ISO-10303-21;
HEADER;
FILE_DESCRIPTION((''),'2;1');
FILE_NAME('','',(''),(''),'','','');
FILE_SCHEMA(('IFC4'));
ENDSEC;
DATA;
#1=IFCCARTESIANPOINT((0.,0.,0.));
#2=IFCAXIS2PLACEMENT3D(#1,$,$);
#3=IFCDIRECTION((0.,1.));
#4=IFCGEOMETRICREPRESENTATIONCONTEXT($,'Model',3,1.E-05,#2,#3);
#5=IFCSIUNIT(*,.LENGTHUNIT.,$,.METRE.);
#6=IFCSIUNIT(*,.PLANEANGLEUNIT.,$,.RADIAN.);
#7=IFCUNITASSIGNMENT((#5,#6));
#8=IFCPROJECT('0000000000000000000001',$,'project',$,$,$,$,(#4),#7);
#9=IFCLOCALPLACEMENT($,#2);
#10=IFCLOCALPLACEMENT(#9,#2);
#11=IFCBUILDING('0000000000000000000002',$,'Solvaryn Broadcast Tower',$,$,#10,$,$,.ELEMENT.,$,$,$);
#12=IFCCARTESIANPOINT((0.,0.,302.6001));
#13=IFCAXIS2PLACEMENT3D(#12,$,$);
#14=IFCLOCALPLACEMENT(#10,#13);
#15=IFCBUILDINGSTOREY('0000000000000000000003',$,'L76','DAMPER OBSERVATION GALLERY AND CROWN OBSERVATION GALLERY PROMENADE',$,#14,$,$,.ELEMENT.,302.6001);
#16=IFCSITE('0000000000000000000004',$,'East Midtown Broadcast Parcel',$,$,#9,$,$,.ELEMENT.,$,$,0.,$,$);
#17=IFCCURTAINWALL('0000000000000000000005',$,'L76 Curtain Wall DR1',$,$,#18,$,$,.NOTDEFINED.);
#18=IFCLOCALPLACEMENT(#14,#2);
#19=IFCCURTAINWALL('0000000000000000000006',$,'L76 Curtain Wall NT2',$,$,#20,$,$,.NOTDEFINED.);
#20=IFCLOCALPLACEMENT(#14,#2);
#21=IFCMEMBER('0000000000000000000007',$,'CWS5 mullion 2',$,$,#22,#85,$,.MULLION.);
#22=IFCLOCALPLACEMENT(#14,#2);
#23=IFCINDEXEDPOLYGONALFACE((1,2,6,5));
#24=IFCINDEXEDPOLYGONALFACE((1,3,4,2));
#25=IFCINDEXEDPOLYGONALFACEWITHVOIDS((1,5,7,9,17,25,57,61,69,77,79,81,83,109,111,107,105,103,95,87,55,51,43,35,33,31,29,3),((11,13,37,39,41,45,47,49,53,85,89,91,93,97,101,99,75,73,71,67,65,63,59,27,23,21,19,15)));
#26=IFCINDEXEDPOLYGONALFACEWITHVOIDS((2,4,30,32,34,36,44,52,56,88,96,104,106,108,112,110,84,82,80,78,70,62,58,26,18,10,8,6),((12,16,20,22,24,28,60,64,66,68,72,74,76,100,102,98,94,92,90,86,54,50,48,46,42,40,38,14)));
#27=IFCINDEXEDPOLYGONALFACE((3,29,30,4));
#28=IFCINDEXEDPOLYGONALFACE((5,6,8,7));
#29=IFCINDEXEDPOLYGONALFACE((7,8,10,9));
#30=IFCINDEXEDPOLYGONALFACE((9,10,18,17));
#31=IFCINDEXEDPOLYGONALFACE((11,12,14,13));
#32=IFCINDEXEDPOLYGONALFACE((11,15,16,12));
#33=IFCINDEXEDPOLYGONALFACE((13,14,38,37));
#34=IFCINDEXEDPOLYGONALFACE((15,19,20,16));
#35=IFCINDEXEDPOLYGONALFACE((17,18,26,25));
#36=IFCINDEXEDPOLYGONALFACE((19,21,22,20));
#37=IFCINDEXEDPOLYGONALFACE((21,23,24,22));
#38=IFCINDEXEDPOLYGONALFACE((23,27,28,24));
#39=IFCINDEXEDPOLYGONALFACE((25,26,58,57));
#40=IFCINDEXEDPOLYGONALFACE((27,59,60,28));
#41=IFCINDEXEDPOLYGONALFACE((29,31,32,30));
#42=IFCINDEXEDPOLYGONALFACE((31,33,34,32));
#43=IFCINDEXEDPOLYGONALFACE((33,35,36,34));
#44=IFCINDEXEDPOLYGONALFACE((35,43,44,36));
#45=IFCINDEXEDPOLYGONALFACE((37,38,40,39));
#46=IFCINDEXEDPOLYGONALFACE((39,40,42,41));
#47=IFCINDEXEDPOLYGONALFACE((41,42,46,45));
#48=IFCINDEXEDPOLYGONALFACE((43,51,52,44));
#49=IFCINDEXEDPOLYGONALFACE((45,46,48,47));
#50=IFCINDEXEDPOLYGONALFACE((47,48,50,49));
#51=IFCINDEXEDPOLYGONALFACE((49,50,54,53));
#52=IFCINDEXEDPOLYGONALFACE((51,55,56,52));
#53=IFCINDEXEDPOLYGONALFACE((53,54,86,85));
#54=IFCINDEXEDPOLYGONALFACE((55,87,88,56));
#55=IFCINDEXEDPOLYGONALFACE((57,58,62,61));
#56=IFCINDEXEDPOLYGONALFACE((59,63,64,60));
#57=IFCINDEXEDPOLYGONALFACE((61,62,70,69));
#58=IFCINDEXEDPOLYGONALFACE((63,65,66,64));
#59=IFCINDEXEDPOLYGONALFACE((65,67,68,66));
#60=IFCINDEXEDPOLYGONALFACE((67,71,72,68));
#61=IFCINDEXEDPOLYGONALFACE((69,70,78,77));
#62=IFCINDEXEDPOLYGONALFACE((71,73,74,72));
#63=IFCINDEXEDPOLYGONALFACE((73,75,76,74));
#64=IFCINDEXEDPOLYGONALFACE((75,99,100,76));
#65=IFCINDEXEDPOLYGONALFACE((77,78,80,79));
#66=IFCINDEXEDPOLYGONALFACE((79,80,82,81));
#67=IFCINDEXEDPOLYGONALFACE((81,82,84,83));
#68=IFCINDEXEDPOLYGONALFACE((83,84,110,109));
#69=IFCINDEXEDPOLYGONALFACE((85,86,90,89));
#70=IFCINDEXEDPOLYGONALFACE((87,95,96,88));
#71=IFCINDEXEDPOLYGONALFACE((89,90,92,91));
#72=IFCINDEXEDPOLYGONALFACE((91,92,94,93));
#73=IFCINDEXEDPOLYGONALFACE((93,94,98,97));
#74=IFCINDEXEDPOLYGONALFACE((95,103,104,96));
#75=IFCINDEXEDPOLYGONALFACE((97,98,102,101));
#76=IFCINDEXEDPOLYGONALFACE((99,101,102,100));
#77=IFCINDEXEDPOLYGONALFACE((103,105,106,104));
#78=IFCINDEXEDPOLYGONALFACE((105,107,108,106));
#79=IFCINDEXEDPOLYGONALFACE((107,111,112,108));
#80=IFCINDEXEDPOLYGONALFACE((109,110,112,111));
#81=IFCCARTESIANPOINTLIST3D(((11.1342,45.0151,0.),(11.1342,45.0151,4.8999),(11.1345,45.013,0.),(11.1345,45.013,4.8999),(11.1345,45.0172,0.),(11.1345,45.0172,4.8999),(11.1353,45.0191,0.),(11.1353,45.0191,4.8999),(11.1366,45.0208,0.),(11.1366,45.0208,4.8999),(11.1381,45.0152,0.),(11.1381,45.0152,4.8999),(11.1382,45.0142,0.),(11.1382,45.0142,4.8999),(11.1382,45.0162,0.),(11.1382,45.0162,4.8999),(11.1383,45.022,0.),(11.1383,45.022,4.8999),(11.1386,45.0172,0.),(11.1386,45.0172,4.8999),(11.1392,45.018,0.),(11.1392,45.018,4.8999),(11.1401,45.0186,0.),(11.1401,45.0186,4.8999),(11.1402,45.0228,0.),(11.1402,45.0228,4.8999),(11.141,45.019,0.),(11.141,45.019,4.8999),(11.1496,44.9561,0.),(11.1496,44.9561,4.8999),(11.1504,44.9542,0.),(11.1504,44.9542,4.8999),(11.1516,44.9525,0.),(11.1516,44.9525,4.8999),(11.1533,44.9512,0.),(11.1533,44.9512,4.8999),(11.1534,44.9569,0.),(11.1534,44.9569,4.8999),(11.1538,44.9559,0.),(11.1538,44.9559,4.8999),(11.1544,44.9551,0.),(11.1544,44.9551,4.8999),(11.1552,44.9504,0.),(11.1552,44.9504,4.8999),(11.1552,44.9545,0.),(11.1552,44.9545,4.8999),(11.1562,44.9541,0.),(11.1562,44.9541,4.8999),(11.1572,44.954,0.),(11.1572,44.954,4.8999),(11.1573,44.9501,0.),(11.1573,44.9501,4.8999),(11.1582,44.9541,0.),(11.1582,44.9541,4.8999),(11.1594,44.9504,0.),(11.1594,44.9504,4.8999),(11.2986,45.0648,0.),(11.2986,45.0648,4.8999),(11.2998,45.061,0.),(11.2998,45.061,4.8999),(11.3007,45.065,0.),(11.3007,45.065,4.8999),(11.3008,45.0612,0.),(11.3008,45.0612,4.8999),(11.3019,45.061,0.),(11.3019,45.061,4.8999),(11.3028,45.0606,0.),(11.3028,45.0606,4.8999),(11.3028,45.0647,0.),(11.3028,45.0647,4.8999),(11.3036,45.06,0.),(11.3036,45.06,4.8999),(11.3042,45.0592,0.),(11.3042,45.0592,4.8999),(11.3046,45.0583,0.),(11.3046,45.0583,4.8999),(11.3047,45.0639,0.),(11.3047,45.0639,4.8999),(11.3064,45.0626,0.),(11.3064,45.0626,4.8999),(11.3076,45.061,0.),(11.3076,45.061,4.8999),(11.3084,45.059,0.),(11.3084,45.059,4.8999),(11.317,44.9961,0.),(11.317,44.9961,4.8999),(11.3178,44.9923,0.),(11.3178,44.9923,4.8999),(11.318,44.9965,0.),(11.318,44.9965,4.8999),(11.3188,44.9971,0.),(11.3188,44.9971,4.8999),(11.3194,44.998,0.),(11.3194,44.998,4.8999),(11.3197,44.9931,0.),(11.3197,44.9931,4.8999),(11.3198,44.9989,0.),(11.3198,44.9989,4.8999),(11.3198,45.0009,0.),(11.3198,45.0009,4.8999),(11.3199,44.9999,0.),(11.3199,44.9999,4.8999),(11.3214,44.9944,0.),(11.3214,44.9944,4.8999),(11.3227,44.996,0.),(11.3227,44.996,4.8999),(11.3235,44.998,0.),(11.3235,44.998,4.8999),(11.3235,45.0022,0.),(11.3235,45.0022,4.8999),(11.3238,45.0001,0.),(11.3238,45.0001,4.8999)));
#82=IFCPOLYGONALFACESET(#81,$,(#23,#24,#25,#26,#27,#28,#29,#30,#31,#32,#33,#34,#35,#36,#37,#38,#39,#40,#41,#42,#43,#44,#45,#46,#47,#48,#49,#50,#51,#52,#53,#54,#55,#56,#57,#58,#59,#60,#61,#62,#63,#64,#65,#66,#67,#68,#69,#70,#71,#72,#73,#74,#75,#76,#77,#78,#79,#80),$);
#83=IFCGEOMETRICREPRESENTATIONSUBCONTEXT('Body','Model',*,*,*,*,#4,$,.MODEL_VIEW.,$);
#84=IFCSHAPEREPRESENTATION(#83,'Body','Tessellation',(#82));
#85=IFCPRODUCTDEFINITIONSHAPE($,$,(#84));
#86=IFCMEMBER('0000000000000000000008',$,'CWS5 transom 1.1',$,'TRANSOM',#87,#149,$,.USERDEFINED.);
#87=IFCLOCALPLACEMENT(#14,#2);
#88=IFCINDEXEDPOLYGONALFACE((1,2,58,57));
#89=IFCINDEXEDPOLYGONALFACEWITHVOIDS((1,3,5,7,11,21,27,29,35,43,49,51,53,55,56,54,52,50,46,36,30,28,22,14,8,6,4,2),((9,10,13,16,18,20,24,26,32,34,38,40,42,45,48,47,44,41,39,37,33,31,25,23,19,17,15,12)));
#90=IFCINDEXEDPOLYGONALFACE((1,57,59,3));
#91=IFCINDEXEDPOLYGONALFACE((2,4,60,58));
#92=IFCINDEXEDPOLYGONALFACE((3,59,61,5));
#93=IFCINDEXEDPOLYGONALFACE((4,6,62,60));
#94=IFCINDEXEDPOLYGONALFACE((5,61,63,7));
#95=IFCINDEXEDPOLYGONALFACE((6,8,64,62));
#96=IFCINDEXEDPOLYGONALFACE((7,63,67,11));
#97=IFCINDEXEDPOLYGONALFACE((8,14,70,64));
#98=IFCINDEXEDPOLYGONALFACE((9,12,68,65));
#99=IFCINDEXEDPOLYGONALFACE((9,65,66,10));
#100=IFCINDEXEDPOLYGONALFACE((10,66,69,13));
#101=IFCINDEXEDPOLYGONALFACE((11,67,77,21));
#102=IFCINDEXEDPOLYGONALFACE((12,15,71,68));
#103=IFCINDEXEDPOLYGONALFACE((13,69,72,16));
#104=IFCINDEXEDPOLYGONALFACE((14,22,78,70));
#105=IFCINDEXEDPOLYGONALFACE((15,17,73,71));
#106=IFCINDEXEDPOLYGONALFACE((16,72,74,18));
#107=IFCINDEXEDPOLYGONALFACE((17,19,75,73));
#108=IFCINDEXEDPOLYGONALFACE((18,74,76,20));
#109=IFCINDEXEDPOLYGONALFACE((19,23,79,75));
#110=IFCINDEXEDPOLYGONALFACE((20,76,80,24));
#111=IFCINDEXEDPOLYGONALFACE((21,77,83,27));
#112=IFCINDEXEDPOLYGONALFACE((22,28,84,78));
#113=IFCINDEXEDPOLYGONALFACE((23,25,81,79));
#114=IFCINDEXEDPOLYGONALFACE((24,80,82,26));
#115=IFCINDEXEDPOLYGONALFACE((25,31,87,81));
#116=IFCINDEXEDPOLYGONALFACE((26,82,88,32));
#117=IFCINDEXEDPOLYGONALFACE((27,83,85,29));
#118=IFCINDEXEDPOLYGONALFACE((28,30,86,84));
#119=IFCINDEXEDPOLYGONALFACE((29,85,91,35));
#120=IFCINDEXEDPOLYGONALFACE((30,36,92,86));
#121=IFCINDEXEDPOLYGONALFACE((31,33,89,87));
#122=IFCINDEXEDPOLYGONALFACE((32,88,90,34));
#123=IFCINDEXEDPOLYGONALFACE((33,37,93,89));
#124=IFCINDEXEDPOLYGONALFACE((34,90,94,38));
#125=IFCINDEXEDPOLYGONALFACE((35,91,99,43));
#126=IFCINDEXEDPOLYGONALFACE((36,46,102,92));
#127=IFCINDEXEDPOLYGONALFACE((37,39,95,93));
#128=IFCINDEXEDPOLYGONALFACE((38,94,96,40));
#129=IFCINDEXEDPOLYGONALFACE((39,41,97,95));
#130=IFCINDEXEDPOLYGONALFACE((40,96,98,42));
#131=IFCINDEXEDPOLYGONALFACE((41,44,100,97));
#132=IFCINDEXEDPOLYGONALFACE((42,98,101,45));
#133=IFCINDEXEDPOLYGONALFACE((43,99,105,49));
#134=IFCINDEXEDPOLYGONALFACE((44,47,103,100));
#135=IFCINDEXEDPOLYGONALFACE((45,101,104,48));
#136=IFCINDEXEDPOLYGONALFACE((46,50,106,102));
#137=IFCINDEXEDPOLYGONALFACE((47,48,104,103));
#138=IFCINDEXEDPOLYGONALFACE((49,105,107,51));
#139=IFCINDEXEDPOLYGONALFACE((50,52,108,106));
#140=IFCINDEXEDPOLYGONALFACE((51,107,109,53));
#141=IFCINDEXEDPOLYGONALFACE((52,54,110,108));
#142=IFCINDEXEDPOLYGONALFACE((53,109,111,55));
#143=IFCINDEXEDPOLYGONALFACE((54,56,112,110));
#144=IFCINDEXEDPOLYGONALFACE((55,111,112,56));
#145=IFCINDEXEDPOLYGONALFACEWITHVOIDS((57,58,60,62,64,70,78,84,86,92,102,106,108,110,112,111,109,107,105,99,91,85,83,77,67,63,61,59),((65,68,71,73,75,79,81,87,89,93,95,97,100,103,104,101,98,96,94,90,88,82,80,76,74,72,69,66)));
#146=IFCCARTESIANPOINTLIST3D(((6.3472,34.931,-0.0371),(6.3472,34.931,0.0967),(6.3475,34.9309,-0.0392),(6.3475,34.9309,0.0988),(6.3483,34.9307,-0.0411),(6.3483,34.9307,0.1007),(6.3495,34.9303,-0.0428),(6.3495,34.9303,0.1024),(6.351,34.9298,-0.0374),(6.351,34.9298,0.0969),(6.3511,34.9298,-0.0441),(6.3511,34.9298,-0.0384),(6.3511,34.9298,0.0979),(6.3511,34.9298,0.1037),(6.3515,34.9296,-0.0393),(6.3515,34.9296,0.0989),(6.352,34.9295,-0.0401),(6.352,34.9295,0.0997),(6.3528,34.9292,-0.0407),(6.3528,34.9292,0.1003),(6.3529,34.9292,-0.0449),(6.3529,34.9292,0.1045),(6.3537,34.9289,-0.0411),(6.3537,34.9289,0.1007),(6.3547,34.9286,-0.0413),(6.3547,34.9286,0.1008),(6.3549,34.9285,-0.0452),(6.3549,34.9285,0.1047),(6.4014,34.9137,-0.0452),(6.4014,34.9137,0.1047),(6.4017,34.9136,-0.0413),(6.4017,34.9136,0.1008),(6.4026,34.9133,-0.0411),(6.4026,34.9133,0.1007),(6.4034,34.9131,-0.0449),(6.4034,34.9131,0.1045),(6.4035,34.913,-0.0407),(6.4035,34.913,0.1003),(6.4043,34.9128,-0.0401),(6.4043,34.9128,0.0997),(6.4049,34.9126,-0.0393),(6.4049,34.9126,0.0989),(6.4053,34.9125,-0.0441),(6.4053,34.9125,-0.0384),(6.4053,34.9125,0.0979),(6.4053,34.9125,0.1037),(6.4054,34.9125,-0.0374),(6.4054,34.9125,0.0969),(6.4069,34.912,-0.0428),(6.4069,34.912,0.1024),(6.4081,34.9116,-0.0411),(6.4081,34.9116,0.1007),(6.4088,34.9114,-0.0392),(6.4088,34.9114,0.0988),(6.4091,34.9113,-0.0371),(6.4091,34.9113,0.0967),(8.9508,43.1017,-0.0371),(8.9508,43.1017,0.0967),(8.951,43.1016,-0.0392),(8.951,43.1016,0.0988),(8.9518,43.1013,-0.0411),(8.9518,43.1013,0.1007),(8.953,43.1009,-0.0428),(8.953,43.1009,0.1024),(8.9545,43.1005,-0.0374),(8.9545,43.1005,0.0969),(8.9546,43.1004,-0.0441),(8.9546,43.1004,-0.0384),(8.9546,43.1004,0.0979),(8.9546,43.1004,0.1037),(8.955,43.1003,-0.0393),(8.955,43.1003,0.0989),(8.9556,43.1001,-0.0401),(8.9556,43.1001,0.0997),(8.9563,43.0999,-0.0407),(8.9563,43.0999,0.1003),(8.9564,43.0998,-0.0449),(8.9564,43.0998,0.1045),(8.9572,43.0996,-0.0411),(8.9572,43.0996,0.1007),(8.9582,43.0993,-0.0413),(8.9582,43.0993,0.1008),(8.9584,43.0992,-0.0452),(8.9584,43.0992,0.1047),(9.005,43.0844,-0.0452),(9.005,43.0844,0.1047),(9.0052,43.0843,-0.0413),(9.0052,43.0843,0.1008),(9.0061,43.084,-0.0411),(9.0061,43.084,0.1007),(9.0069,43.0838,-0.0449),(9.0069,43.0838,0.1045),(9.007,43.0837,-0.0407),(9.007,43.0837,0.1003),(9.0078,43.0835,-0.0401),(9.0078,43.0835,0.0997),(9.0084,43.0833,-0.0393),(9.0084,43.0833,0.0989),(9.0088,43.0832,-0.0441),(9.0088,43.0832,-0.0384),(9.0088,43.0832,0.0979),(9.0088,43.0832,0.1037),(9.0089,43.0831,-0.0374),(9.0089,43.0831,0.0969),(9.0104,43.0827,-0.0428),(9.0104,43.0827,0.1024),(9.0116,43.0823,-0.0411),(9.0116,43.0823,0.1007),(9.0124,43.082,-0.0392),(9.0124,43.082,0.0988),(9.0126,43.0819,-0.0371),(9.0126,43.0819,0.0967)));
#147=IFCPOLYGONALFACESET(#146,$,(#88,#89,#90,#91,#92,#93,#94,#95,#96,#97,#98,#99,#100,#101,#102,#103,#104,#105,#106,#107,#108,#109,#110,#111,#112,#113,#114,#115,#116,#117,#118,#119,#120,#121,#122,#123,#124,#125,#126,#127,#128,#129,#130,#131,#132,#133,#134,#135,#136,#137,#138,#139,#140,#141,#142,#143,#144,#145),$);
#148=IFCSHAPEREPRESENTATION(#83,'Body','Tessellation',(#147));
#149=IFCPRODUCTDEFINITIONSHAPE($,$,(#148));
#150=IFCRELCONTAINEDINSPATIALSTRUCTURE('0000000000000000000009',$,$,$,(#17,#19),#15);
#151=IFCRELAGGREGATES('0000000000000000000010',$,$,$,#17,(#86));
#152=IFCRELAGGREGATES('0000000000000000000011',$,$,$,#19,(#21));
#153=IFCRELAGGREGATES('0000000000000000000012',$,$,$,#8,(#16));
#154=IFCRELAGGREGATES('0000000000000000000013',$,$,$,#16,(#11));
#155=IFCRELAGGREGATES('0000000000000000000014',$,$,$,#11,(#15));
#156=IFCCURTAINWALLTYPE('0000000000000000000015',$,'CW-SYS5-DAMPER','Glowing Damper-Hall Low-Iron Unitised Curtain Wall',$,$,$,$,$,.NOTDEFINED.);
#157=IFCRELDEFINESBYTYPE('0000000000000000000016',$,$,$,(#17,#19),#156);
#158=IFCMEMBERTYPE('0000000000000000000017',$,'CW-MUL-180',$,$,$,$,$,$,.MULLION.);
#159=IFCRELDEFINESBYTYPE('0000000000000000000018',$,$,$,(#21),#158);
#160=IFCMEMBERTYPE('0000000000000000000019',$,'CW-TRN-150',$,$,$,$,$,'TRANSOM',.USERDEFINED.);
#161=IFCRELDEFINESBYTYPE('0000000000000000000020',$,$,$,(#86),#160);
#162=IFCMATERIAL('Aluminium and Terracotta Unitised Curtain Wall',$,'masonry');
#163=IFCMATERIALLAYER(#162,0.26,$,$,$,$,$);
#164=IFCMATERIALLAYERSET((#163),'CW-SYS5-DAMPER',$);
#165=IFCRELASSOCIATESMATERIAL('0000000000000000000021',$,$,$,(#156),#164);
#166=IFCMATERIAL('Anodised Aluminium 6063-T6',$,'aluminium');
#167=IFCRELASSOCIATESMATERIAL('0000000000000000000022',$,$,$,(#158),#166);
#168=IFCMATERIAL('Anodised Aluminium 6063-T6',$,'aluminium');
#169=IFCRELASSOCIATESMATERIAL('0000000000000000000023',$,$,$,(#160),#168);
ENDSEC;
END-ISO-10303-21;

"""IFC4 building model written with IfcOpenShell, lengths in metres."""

from ifc_helpers import new_model, si_unit, direction, frame, origin, origin_2d, place, context, subcontext, project, spatial, hollow_rectangle, extrude, material, layer, layer_set, material_profile, profile_set, type_object, element, aggregate, save


model = new_model("IFC4")

# Units and contexts
model_context = context("Model", 3, precision=1e-05, world=origin(), true_north=direction((0.0, 1.0)))
body_context = subcontext(model_context, "Body", "Model", "MODEL_VIEW")
ifc_project = project(units=[si_unit("LENGTHUNIT", "METRE"), si_unit("PLANEANGLEUNIT", "RADIAN")], contexts=[model_context])

# Site, building, storey
site_placement = place(None, origin())
site = spatial("IfcSite", under=ifc_project, at=site_placement, Name="East Midtown Broadcast Parcel", CompositionType="ELEMENT", RefElevation=0.0)
building_placement = place(site_placement, origin())
building = spatial("IfcBuilding", under=site, at=building_placement, Name="Solvaryn Broadcast Tower", CompositionType="ELEMENT")
storey_placement = place(building_placement, frame((0.0, 0.0, 302.6001)))
storey = spatial("IfcBuildingStorey", under=building, at=storey_placement, Name="L76", Description="DAMPER OBSERVATION GALLERY AND CROWN OBSERVATION GALLERY PROMENADE", CompositionType="ELEMENT", Elevation=302.6001)

# Curtain wall
ifc_material_1 = material(Name="Aluminium and Terracotta Unitised Curtain Wall", Category="masonry")
ifc_layer_1 = layer(ifc_material_1, 0.26)
ifc_layer_set_1 = layer_set([ifc_layer_1], Name="CW-SYS5-DAMPER")
curtain_wall_type = type_object("IfcCurtainWallType", Name="CW-SYS5-DAMPER", Description="Glowing Damper-Hall Low-Iron Unitised Curtain Wall", PredefinedType="NOTDEFINED", material=ifc_layer_set_1)
curtain_wall_1_placement = place(storey_placement, origin())
curtain_wall_1 = element("IfcCurtainWall", 1, at=curtain_wall_1_placement, inside=storey, type_object=curtain_wall_type, Name="L76 Curtain Wall DR1", PredefinedType="NOTDEFINED")
ifc_material_2 = material(Name="Anodised Aluminium 6063-T6", Category="aluminium")
ifc_material_profile_1 = material_profile(ifc_material_2, hollow_rectangle(XDim=0.075, YDim=0.1799, WallThickness=0.0039, InnerFilletRadius=0.0039, OuterFilletRadius=0.0081, at=origin_2d()))
ifc_profile_set_1 = profile_set([ifc_material_profile_1], Name="Anodised Aluminium 6063-T6")
member_type_1 = type_object("IfcMemberType", Name="CW-MUL-180", PredefinedType="MULLION", material=ifc_profile_set_1)

# Curtain wall, member
curtain_wall_2_placement = place(storey_placement, origin())
curtain_wall_2 = element("IfcCurtainWall", 2, at=curtain_wall_2_placement, inside=storey, type_object=curtain_wall_type, Name="L76 Curtain Wall NT2", PredefinedType="NOTDEFINED")
member_1_placement = place(storey_placement, frame((11.229, 45.0076, 0.0), z_axis=(0.0, 0.0, 1.0), x_axis=(0.255893, -0.966705, 0.0)))
member_1 = element("IfcMember", 3, at=member_1_placement, type_object=member_type_1, Name="CWS5 mullion 2", PredefinedType="MULLION", context=body_context, shape_type="SweptSolid", body=[
    extrude(hollow_rectangle(XDim=0.075, YDim=0.1799, WallThickness=0.0039, InnerFilletRadius=0.0039, OuterFilletRadius=0.0081, at=origin_2d()), origin(), (0.0, 0.0, 1.0), 4.8999),
])

# Member
ifc_material_3 = material(Name="Anodised Aluminium 6063-T6", Category="aluminium")
ifc_material_profile_2 = material_profile(ifc_material_3, hollow_rectangle(XDim=0.0649, YDim=0.1499, WallThickness=0.0039, InnerFilletRadius=0.0039, OuterFilletRadius=0.0081, at=origin_2d()))
ifc_profile_set_2 = profile_set([ifc_material_profile_2], Name="Anodised Aluminium 6063-T6")
member_type_2 = type_object("IfcMemberType", Name="CW-TRN-150", ElementType="TRANSOM", PredefinedType="USERDEFINED", material=ifc_profile_set_2)
member_2_placement = place(storey_placement, frame((8.9817, 43.0918, 0.0298), z_axis=(-0.303602, -0.952799, 0.0), x_axis=(0.952799, -0.303602, 0.0)))
member_2 = element("IfcMember", 4, at=member_2_placement, type_object=member_type_2, Name="CWS5 transom 1.1", ObjectType="TRANSOM", PredefinedType="USERDEFINED", context=body_context, shape_type="SweptSolid", body=[
    extrude(hollow_rectangle(XDim=0.0649, YDim=0.1499, WallThickness=0.0039, InnerFilletRadius=0.0039, OuterFilletRadius=0.0081, at=origin_2d()), origin(), (0.0, 0.0, 1.0), 8.5754),
])

aggregate(curtain_wall_1, [member_2])
aggregate(curtain_wall_2, [member_1])

save(model, "model.ifc")
